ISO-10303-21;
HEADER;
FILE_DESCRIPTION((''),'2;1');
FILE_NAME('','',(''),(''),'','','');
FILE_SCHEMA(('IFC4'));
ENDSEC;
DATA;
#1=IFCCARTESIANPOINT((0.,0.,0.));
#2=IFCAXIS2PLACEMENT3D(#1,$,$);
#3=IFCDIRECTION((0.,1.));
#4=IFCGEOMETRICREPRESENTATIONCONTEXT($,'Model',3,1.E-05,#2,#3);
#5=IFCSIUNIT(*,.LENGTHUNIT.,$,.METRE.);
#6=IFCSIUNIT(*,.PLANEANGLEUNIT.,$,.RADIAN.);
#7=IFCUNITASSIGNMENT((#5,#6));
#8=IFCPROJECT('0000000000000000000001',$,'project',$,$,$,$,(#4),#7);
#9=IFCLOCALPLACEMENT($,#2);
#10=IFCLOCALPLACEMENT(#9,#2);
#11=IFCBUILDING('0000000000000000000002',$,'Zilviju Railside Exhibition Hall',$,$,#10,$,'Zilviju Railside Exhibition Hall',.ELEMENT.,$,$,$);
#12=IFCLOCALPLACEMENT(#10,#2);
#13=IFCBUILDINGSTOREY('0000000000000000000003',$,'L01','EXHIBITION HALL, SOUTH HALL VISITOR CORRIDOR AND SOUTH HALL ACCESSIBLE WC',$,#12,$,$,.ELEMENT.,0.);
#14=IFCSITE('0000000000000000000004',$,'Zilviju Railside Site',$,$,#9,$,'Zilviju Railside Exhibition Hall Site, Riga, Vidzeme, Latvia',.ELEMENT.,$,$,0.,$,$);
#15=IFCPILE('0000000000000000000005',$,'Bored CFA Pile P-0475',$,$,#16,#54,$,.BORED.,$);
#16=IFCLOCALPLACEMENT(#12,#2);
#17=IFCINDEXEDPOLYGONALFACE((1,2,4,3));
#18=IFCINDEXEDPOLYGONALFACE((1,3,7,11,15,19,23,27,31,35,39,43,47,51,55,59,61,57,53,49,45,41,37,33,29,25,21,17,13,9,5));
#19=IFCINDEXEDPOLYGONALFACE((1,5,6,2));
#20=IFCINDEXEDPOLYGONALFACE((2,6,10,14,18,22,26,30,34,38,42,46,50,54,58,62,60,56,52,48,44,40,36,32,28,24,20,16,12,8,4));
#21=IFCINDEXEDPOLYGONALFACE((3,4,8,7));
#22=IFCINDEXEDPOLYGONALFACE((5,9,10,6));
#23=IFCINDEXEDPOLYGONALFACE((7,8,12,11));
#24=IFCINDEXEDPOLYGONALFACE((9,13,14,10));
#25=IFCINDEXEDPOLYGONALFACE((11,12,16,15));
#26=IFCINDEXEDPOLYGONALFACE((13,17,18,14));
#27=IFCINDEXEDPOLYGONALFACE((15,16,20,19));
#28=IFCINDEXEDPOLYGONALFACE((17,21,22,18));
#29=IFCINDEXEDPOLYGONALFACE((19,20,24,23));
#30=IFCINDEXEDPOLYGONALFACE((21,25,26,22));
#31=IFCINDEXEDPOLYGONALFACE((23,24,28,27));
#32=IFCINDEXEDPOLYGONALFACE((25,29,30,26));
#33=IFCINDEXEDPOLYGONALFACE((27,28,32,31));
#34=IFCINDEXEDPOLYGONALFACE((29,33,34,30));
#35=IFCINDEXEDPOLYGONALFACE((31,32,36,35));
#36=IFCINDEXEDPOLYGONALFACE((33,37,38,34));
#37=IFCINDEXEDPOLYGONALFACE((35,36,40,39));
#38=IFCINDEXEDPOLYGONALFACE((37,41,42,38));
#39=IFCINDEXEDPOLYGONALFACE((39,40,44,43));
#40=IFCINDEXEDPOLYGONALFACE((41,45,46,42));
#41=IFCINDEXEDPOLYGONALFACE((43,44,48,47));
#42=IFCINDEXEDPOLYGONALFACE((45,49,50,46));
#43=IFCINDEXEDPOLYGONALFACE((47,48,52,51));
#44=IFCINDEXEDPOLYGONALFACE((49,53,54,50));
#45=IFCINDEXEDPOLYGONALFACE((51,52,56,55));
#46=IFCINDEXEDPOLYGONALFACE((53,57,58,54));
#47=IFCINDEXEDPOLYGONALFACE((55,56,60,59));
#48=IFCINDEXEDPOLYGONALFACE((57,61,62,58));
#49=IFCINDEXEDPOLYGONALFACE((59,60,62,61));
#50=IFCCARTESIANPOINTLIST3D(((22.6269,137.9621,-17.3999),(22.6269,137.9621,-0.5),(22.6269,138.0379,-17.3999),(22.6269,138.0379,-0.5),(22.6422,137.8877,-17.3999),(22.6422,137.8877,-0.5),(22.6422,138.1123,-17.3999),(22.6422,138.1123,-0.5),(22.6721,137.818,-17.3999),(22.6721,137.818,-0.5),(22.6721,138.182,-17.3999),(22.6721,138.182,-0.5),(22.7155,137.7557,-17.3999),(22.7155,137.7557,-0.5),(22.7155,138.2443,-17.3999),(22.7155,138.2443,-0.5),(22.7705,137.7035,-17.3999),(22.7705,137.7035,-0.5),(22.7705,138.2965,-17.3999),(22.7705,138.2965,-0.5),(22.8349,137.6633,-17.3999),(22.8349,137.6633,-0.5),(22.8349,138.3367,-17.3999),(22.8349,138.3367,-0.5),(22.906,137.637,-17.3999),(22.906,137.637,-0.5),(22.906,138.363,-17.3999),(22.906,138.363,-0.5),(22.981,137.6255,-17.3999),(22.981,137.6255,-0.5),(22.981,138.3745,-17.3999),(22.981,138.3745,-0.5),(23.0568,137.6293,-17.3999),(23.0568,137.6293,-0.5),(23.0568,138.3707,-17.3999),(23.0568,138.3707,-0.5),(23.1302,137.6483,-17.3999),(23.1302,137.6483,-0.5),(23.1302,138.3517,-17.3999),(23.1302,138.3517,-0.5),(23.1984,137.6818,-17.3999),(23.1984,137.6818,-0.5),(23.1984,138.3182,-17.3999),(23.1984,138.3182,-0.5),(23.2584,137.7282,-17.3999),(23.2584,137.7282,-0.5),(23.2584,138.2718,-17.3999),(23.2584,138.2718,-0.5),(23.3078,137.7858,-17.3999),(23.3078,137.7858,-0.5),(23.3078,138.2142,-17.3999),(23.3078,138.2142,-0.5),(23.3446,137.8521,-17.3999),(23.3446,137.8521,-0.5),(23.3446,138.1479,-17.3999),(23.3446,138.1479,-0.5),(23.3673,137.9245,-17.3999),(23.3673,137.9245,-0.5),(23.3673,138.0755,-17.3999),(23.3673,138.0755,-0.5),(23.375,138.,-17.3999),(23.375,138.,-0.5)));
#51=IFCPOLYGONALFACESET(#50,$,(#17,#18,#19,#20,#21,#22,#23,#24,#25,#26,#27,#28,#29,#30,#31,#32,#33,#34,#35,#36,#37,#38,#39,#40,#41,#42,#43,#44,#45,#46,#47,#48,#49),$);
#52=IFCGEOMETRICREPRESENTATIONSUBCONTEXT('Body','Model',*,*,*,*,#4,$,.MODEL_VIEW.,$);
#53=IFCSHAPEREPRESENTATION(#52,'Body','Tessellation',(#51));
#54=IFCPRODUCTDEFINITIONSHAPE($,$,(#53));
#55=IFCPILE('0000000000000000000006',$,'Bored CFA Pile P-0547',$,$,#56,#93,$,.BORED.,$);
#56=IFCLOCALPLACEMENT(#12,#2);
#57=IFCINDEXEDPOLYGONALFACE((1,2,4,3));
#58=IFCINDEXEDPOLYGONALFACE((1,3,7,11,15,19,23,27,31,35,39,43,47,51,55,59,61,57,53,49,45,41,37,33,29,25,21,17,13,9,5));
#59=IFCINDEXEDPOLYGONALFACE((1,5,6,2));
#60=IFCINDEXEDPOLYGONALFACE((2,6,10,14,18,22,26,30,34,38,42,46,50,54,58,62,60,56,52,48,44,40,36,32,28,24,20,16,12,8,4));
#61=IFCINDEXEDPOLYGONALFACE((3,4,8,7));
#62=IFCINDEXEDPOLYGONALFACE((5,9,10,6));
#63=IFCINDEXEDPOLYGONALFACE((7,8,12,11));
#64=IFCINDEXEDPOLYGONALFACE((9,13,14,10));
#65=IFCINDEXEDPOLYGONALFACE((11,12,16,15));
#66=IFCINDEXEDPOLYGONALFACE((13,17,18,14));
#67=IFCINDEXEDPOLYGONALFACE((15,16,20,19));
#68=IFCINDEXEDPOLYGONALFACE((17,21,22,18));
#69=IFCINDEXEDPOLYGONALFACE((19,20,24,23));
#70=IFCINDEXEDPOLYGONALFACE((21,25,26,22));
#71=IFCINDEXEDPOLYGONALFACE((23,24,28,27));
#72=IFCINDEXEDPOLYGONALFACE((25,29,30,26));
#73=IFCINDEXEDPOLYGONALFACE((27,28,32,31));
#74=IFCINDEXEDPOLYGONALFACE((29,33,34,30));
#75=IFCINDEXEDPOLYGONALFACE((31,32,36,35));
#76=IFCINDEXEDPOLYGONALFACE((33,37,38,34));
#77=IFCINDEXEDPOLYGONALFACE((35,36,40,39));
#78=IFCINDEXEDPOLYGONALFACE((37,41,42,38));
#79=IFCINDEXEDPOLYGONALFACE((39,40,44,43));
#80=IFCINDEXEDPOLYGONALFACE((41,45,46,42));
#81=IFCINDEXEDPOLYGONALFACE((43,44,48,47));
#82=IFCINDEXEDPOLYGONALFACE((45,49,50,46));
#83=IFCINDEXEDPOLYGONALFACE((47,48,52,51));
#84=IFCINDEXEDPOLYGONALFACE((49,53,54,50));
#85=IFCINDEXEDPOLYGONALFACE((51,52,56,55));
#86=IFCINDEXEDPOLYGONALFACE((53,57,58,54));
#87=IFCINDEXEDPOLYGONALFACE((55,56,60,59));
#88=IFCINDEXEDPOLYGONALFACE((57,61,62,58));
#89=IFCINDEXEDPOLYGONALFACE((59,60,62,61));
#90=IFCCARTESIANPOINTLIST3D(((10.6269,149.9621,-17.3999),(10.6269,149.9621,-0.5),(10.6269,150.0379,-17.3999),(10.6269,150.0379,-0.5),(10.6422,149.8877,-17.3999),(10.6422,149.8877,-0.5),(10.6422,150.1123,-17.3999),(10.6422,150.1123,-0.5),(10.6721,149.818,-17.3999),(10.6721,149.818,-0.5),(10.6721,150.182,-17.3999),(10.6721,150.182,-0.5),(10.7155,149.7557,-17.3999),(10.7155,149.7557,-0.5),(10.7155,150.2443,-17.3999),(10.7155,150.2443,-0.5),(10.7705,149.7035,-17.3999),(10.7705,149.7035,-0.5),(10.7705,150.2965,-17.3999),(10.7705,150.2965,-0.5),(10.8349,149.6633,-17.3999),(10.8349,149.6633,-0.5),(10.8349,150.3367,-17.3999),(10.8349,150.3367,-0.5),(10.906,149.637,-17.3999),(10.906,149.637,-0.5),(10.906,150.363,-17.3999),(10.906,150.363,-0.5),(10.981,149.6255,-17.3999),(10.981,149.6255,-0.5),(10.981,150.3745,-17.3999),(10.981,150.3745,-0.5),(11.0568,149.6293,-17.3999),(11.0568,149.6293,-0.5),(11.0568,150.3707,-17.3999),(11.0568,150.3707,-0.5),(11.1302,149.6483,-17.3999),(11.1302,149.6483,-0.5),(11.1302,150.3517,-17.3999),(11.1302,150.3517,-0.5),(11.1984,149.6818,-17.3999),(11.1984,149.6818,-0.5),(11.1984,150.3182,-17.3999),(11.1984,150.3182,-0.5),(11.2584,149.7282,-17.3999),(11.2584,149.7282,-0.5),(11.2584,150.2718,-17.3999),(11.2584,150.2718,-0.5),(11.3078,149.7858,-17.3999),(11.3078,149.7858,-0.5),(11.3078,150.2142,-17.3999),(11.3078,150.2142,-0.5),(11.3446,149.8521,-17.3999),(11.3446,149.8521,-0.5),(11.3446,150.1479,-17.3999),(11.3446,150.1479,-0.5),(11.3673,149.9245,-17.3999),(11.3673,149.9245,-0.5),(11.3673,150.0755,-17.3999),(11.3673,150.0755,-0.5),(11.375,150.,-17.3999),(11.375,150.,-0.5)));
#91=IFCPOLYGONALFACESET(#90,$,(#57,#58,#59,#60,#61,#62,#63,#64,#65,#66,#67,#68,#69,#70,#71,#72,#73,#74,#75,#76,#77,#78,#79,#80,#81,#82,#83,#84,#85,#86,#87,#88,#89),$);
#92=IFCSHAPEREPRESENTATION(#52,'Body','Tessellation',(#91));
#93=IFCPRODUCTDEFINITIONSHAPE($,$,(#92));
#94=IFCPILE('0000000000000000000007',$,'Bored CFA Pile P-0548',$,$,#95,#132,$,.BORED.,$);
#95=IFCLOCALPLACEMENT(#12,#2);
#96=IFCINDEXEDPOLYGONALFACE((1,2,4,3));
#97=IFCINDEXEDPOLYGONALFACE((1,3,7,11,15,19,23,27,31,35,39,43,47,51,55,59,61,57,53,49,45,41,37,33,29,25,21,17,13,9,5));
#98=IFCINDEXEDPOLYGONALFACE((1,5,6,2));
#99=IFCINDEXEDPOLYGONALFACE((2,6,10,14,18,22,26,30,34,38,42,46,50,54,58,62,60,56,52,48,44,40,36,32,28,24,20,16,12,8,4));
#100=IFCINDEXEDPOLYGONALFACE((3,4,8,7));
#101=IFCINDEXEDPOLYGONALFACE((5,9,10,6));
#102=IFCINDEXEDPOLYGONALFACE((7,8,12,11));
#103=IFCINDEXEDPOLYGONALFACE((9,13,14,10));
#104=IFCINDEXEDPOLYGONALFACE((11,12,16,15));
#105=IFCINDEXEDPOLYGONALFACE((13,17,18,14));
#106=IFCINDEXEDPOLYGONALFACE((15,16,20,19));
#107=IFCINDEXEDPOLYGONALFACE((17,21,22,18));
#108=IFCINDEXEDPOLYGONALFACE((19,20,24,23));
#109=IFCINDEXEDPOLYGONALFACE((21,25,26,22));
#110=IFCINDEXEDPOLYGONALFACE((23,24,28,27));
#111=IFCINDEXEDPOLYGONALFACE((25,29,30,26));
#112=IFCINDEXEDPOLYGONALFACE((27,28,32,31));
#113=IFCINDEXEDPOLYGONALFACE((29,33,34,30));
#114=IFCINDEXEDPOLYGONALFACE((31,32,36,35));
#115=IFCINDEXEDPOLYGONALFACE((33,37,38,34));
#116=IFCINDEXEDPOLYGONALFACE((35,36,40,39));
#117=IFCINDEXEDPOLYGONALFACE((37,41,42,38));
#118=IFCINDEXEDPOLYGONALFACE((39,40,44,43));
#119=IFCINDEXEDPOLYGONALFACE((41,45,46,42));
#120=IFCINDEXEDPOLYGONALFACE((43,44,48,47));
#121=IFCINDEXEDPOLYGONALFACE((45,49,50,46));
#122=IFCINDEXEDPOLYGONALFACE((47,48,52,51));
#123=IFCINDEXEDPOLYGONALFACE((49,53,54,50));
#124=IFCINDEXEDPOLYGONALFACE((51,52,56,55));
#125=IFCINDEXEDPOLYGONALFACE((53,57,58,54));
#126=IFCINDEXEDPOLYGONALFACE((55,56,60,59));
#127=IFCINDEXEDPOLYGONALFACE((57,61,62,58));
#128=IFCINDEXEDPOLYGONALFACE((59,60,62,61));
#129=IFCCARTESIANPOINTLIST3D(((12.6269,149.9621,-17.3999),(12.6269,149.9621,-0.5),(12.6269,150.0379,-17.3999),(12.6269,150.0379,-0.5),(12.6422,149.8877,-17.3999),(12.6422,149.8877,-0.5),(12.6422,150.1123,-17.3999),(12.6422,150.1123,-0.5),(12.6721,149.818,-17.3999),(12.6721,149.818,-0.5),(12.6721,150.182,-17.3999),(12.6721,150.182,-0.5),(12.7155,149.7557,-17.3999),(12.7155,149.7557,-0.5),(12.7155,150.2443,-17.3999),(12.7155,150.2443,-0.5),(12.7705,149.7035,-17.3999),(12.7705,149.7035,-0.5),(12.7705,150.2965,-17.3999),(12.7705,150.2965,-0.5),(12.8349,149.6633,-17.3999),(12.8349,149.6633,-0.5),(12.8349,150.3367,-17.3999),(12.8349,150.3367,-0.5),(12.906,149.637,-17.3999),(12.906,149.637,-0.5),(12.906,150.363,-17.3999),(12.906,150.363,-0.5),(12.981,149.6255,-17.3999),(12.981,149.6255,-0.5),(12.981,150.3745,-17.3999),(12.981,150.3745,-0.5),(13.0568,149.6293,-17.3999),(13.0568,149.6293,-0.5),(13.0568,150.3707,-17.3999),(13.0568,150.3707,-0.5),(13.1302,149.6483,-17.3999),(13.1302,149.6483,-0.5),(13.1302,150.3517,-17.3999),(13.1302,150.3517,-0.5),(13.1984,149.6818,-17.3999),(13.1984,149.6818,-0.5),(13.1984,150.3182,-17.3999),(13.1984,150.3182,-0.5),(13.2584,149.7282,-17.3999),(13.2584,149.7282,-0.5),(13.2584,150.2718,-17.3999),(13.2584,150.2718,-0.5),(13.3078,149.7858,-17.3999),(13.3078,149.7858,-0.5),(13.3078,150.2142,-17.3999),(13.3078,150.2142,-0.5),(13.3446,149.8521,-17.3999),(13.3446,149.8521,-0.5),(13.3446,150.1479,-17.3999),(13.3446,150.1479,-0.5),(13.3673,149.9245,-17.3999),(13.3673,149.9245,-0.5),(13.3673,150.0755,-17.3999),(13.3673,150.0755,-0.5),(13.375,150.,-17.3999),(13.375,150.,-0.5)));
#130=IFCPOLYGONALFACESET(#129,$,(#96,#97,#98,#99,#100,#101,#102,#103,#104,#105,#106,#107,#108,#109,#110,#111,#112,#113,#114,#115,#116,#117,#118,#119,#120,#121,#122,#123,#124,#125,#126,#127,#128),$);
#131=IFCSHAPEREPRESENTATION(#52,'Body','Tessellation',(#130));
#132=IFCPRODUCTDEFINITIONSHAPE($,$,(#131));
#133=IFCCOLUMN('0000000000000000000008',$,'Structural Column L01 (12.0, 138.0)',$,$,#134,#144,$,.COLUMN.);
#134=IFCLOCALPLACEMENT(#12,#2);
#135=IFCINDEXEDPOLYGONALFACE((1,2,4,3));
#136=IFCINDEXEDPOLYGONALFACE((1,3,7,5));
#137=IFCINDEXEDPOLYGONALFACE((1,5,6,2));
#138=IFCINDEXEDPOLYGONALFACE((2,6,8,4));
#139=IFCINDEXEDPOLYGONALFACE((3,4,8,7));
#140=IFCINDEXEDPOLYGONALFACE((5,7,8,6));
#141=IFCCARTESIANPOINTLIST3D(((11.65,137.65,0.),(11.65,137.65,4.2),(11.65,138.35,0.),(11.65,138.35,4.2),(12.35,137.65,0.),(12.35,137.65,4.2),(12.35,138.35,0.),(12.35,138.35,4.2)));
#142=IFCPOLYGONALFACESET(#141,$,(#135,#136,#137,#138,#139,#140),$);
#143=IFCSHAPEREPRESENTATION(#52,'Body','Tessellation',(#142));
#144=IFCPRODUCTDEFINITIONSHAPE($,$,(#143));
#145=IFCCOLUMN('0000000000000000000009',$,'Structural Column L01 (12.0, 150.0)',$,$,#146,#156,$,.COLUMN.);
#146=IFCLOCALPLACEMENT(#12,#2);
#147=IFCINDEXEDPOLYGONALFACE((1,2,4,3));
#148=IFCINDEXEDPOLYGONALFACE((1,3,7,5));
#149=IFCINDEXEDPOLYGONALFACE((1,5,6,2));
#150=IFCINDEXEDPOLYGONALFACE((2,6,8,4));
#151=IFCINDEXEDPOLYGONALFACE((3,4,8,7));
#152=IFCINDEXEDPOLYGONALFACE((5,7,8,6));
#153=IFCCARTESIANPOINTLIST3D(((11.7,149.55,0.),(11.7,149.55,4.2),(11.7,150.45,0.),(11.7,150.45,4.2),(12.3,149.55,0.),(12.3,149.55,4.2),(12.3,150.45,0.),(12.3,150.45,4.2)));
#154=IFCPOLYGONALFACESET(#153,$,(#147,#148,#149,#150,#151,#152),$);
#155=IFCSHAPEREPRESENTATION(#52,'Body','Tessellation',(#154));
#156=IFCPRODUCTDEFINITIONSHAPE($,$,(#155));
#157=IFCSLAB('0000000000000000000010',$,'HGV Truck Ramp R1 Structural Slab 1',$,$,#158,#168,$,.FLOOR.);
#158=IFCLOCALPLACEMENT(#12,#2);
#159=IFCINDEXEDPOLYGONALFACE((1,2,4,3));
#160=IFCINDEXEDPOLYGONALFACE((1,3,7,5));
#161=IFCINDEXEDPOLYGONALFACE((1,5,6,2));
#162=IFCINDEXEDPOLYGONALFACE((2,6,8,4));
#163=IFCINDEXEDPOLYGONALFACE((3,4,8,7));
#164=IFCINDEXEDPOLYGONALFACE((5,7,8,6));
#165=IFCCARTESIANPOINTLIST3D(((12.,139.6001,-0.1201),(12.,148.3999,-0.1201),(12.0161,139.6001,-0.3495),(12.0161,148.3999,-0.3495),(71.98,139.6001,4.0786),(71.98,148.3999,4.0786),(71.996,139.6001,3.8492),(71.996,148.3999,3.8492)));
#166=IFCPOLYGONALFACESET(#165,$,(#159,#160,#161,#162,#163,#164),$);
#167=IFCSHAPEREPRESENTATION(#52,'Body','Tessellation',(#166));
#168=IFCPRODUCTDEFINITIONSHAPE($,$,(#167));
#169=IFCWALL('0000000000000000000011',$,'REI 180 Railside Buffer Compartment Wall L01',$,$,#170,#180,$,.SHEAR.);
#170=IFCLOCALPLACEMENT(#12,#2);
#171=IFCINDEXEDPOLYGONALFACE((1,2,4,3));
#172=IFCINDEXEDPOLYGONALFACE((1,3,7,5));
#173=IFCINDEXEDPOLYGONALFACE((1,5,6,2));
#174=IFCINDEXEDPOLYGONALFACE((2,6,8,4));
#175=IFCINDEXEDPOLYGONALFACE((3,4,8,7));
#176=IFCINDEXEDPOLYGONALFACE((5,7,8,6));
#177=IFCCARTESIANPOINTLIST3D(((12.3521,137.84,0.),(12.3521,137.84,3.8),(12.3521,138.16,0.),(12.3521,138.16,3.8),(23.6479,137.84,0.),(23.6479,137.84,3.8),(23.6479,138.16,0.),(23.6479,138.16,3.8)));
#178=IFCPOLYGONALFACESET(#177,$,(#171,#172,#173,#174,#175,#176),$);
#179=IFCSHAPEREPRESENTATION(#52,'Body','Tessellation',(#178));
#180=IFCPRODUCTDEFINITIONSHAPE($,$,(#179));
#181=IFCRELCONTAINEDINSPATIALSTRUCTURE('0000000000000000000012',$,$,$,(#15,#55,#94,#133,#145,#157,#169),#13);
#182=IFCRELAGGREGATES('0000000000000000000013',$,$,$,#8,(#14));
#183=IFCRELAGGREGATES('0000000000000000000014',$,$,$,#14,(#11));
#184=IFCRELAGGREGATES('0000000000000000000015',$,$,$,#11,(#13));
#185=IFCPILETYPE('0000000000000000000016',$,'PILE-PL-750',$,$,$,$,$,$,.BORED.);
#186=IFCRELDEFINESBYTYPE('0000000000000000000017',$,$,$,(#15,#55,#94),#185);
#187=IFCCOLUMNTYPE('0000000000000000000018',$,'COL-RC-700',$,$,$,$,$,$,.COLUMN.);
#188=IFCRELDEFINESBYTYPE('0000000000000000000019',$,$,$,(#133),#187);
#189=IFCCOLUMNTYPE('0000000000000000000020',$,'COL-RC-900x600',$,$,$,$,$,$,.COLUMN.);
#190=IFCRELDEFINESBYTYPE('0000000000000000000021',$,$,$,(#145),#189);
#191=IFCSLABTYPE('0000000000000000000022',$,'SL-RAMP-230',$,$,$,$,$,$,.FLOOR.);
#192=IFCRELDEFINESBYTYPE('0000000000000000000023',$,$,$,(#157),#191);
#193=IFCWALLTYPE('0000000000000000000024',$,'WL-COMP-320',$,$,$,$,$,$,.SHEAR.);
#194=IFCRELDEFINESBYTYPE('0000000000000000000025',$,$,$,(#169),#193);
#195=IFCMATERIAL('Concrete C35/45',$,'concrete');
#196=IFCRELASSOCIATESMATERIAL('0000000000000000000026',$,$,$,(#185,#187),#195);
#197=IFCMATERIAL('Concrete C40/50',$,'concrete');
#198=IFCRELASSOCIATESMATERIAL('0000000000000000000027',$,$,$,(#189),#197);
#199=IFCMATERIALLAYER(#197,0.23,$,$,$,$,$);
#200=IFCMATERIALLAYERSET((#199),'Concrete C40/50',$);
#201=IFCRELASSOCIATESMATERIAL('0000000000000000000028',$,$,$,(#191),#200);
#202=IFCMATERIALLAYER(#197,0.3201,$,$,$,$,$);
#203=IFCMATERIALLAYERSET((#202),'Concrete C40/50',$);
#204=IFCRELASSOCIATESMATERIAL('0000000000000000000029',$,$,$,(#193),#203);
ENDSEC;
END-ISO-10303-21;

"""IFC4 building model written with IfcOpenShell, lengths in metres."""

from ifc_helpers import new_model, si_unit, direction, frame, frame_2d, origin, origin_2d, place, context, subcontext, project, spatial, polyline, rectangle, circle, outline, extrude, material, layer, layer_set, material_profile, profile_set, type_object, element, save


model = new_model("IFC4")

# Units and contexts
model_context = context("Model", 3, precision=1e-05, world=origin(), true_north=direction((0.0, 1.0)))
body_context = subcontext(model_context, "Body", "Model", "MODEL_VIEW")
ifc_project = project(units=[si_unit("LENGTHUNIT", "METRE"), si_unit("PLANEANGLEUNIT", "RADIAN")], contexts=[model_context])

# Site, building, storey
site_placement = place(None, origin())
site = spatial("IfcSite", under=ifc_project, at=site_placement, Name="Zilviju Railside Site", LongName="Zilviju Railside Exhibition Hall Site, Riga, Vidzeme, Latvia", CompositionType="ELEMENT", RefElevation=0.0)
building_placement = place(site_placement, origin())
building = spatial("IfcBuilding", under=site, at=building_placement, Name="Zilviju Railside Exhibition Hall", LongName="Zilviju Railside Exhibition Hall", CompositionType="ELEMENT")
storey_placement = place(building_placement, origin())
storey = spatial("IfcBuildingStorey", under=building, at=storey_placement, Name="L01", Description="EXHIBITION HALL, SOUTH HALL VISITOR CORRIDOR AND SOUTH HALL ACCESSIBLE WC", CompositionType="ELEMENT", Elevation=0.0)

# Shared definitions
ifc_material_1 = material(Name="Concrete C35/45", Category="concrete")
ifc_material_2 = material(Name="Concrete C40/50", Category="concrete")

# Piles
ifc_material_profile_1 = material_profile(ifc_material_1, circle(Radius=0.375, at=origin_2d()), Name="CFA PILE D750")
ifc_profile_set_1 = profile_set([ifc_material_profile_1], Name="Concrete C35/45")
pile_type = type_object("IfcPileType", Name="PILE-PL-750", PredefinedType="BORED", material=ifc_profile_set_1)
for number, where, z_axis, x_axis, name in (
    (1, (23.0, 138.0, -0.5), (0.0, 0.0, -1.0), (1.0, 0.0, 0.0), "Bored CFA Pile P-0475"),
    (2, (11.0, 150.0, -0.5), (0.0, 0.0, -1.0), (1.0, 0.0, 0.0), "Bored CFA Pile P-0547"),
    (3, (13.0, 150.0, -0.5), (0.0, 0.0, -1.0), (1.0, 0.0, 0.0), "Bored CFA Pile P-0548"),
):
    element("IfcPile", number, at=place(storey_placement, frame(where, z_axis=z_axis, x_axis=x_axis)), inside=storey, type_object=pile_type, Name=name, PredefinedType="BORED", context=body_context, shape_type="SweptSolid", body=[
        extrude(circle(Radius=0.375, at=origin_2d()), origin(), (0.0, 0.0, 1.0), 16.8999),
    ])

# Columns
ifc_material_profile_2 = material_profile(ifc_material_1, rectangle(XDim=0.7, YDim=0.7, at=origin_2d()), Name="RC COL 700x700")
ifc_profile_set_2 = profile_set([ifc_material_profile_2], Name="Concrete C35/45")
column_type_1 = type_object("IfcColumnType", Name="COL-RC-700", PredefinedType="COLUMN", material=ifc_profile_set_2)
column_1_placement = place(storey_placement, frame((12.0, 138.0, 0.0), z_axis=(0.0, 0.0, 1.0), x_axis=(1.0, 0.0, 0.0)))
element("IfcColumn", 4, at=column_1_placement, inside=storey, type_object=column_type_1, Name="Structural Column L01 (12.0, 138.0)", PredefinedType="COLUMN", context=body_context, shape_type="SweptSolid", body=[
    extrude(rectangle(XDim=0.7, YDim=0.7, at=origin_2d()), origin(), (0.0, 0.0, 1.0), 4.2),
])
ifc_material_profile_3 = material_profile(ifc_material_2, rectangle(XDim=0.6001, YDim=0.8999, at=origin_2d()), Name="RC COL 600x900")
ifc_profile_set_3 = profile_set([ifc_material_profile_3], Name="Concrete C40/50")
column_type_2 = type_object("IfcColumnType", Name="COL-RC-900x600", PredefinedType="COLUMN", material=ifc_profile_set_3)
column_2_placement = place(storey_placement, frame((12.0, 150.0, 0.0), z_axis=(0.0, 0.0, 1.0), x_axis=(1.0, 0.0, 0.0)))
element("IfcColumn", 5, at=column_2_placement, inside=storey, type_object=column_type_2, Name="Structural Column L01 (12.0, 150.0)", PredefinedType="COLUMN", context=body_context, shape_type="SweptSolid", body=[
    extrude(rectangle(XDim=0.6001, YDim=0.8999, at=origin_2d()), origin(), (0.0, 0.0, 1.0), 4.2),
])

# Slab
ifc_layer_1 = layer(ifc_material_2, 0.23)
ifc_layer_set_1 = layer_set([ifc_layer_1], Name="Concrete C40/50")
slab_type = type_object("IfcSlabType", Name="SL-RAMP-230", PredefinedType="FLOOR", material=ifc_layer_set_1)
slab_placement = place(storey_placement, frame((12.0, 139.6001, -0.1201), z_axis=(-0.069831, 0.0, 0.997559), x_axis=(0.997559, 0.0, 0.069831)))
element("IfcSlab", 6, at=slab_placement, inside=storey, type_object=slab_type, Name="HGV Truck Ramp R1 Structural Slab 1", PredefinedType="FLOOR", context=body_context, shape_type="SweptSolid", body=[
    extrude(outline(polyline([(0.0, 0.0), (60.1268, 0.0), (60.1268, 8.7998), (0.0, 8.7998), (0.0, 0.0)])), origin(), (0.0, 0.0, -1.0), 0.23),
])

# Wall
ifc_layer_2 = layer(ifc_material_2, 0.3201)
ifc_layer_set_2 = layer_set([ifc_layer_2], Name="Concrete C40/50")
wall_type_1 = type_object("IfcWallType", Name="WL-COMP-320", PredefinedType="SHEAR", material=ifc_layer_set_2)
wall_1_placement = place(storey_placement, frame((12.3521, 138.0, 0.0), z_axis=(0.0, 0.0, 1.0), x_axis=(1.0, 0.0, 0.0)))
element("IfcWall", 7, at=wall_1_placement, inside=storey, type_object=wall_type_1, Name="REI 180 Railside Buffer Compartment Wall L01", PredefinedType="SHEAR", context=body_context, shape_type="SweptSolid", body=[
    extrude(rectangle(XDim=11.2959, YDim=0.3201, at=frame_2d((5.6479, 0.0))), origin(), (0.0, 0.0, 1.0), 3.8),
])

save(model, "model.ifc")
